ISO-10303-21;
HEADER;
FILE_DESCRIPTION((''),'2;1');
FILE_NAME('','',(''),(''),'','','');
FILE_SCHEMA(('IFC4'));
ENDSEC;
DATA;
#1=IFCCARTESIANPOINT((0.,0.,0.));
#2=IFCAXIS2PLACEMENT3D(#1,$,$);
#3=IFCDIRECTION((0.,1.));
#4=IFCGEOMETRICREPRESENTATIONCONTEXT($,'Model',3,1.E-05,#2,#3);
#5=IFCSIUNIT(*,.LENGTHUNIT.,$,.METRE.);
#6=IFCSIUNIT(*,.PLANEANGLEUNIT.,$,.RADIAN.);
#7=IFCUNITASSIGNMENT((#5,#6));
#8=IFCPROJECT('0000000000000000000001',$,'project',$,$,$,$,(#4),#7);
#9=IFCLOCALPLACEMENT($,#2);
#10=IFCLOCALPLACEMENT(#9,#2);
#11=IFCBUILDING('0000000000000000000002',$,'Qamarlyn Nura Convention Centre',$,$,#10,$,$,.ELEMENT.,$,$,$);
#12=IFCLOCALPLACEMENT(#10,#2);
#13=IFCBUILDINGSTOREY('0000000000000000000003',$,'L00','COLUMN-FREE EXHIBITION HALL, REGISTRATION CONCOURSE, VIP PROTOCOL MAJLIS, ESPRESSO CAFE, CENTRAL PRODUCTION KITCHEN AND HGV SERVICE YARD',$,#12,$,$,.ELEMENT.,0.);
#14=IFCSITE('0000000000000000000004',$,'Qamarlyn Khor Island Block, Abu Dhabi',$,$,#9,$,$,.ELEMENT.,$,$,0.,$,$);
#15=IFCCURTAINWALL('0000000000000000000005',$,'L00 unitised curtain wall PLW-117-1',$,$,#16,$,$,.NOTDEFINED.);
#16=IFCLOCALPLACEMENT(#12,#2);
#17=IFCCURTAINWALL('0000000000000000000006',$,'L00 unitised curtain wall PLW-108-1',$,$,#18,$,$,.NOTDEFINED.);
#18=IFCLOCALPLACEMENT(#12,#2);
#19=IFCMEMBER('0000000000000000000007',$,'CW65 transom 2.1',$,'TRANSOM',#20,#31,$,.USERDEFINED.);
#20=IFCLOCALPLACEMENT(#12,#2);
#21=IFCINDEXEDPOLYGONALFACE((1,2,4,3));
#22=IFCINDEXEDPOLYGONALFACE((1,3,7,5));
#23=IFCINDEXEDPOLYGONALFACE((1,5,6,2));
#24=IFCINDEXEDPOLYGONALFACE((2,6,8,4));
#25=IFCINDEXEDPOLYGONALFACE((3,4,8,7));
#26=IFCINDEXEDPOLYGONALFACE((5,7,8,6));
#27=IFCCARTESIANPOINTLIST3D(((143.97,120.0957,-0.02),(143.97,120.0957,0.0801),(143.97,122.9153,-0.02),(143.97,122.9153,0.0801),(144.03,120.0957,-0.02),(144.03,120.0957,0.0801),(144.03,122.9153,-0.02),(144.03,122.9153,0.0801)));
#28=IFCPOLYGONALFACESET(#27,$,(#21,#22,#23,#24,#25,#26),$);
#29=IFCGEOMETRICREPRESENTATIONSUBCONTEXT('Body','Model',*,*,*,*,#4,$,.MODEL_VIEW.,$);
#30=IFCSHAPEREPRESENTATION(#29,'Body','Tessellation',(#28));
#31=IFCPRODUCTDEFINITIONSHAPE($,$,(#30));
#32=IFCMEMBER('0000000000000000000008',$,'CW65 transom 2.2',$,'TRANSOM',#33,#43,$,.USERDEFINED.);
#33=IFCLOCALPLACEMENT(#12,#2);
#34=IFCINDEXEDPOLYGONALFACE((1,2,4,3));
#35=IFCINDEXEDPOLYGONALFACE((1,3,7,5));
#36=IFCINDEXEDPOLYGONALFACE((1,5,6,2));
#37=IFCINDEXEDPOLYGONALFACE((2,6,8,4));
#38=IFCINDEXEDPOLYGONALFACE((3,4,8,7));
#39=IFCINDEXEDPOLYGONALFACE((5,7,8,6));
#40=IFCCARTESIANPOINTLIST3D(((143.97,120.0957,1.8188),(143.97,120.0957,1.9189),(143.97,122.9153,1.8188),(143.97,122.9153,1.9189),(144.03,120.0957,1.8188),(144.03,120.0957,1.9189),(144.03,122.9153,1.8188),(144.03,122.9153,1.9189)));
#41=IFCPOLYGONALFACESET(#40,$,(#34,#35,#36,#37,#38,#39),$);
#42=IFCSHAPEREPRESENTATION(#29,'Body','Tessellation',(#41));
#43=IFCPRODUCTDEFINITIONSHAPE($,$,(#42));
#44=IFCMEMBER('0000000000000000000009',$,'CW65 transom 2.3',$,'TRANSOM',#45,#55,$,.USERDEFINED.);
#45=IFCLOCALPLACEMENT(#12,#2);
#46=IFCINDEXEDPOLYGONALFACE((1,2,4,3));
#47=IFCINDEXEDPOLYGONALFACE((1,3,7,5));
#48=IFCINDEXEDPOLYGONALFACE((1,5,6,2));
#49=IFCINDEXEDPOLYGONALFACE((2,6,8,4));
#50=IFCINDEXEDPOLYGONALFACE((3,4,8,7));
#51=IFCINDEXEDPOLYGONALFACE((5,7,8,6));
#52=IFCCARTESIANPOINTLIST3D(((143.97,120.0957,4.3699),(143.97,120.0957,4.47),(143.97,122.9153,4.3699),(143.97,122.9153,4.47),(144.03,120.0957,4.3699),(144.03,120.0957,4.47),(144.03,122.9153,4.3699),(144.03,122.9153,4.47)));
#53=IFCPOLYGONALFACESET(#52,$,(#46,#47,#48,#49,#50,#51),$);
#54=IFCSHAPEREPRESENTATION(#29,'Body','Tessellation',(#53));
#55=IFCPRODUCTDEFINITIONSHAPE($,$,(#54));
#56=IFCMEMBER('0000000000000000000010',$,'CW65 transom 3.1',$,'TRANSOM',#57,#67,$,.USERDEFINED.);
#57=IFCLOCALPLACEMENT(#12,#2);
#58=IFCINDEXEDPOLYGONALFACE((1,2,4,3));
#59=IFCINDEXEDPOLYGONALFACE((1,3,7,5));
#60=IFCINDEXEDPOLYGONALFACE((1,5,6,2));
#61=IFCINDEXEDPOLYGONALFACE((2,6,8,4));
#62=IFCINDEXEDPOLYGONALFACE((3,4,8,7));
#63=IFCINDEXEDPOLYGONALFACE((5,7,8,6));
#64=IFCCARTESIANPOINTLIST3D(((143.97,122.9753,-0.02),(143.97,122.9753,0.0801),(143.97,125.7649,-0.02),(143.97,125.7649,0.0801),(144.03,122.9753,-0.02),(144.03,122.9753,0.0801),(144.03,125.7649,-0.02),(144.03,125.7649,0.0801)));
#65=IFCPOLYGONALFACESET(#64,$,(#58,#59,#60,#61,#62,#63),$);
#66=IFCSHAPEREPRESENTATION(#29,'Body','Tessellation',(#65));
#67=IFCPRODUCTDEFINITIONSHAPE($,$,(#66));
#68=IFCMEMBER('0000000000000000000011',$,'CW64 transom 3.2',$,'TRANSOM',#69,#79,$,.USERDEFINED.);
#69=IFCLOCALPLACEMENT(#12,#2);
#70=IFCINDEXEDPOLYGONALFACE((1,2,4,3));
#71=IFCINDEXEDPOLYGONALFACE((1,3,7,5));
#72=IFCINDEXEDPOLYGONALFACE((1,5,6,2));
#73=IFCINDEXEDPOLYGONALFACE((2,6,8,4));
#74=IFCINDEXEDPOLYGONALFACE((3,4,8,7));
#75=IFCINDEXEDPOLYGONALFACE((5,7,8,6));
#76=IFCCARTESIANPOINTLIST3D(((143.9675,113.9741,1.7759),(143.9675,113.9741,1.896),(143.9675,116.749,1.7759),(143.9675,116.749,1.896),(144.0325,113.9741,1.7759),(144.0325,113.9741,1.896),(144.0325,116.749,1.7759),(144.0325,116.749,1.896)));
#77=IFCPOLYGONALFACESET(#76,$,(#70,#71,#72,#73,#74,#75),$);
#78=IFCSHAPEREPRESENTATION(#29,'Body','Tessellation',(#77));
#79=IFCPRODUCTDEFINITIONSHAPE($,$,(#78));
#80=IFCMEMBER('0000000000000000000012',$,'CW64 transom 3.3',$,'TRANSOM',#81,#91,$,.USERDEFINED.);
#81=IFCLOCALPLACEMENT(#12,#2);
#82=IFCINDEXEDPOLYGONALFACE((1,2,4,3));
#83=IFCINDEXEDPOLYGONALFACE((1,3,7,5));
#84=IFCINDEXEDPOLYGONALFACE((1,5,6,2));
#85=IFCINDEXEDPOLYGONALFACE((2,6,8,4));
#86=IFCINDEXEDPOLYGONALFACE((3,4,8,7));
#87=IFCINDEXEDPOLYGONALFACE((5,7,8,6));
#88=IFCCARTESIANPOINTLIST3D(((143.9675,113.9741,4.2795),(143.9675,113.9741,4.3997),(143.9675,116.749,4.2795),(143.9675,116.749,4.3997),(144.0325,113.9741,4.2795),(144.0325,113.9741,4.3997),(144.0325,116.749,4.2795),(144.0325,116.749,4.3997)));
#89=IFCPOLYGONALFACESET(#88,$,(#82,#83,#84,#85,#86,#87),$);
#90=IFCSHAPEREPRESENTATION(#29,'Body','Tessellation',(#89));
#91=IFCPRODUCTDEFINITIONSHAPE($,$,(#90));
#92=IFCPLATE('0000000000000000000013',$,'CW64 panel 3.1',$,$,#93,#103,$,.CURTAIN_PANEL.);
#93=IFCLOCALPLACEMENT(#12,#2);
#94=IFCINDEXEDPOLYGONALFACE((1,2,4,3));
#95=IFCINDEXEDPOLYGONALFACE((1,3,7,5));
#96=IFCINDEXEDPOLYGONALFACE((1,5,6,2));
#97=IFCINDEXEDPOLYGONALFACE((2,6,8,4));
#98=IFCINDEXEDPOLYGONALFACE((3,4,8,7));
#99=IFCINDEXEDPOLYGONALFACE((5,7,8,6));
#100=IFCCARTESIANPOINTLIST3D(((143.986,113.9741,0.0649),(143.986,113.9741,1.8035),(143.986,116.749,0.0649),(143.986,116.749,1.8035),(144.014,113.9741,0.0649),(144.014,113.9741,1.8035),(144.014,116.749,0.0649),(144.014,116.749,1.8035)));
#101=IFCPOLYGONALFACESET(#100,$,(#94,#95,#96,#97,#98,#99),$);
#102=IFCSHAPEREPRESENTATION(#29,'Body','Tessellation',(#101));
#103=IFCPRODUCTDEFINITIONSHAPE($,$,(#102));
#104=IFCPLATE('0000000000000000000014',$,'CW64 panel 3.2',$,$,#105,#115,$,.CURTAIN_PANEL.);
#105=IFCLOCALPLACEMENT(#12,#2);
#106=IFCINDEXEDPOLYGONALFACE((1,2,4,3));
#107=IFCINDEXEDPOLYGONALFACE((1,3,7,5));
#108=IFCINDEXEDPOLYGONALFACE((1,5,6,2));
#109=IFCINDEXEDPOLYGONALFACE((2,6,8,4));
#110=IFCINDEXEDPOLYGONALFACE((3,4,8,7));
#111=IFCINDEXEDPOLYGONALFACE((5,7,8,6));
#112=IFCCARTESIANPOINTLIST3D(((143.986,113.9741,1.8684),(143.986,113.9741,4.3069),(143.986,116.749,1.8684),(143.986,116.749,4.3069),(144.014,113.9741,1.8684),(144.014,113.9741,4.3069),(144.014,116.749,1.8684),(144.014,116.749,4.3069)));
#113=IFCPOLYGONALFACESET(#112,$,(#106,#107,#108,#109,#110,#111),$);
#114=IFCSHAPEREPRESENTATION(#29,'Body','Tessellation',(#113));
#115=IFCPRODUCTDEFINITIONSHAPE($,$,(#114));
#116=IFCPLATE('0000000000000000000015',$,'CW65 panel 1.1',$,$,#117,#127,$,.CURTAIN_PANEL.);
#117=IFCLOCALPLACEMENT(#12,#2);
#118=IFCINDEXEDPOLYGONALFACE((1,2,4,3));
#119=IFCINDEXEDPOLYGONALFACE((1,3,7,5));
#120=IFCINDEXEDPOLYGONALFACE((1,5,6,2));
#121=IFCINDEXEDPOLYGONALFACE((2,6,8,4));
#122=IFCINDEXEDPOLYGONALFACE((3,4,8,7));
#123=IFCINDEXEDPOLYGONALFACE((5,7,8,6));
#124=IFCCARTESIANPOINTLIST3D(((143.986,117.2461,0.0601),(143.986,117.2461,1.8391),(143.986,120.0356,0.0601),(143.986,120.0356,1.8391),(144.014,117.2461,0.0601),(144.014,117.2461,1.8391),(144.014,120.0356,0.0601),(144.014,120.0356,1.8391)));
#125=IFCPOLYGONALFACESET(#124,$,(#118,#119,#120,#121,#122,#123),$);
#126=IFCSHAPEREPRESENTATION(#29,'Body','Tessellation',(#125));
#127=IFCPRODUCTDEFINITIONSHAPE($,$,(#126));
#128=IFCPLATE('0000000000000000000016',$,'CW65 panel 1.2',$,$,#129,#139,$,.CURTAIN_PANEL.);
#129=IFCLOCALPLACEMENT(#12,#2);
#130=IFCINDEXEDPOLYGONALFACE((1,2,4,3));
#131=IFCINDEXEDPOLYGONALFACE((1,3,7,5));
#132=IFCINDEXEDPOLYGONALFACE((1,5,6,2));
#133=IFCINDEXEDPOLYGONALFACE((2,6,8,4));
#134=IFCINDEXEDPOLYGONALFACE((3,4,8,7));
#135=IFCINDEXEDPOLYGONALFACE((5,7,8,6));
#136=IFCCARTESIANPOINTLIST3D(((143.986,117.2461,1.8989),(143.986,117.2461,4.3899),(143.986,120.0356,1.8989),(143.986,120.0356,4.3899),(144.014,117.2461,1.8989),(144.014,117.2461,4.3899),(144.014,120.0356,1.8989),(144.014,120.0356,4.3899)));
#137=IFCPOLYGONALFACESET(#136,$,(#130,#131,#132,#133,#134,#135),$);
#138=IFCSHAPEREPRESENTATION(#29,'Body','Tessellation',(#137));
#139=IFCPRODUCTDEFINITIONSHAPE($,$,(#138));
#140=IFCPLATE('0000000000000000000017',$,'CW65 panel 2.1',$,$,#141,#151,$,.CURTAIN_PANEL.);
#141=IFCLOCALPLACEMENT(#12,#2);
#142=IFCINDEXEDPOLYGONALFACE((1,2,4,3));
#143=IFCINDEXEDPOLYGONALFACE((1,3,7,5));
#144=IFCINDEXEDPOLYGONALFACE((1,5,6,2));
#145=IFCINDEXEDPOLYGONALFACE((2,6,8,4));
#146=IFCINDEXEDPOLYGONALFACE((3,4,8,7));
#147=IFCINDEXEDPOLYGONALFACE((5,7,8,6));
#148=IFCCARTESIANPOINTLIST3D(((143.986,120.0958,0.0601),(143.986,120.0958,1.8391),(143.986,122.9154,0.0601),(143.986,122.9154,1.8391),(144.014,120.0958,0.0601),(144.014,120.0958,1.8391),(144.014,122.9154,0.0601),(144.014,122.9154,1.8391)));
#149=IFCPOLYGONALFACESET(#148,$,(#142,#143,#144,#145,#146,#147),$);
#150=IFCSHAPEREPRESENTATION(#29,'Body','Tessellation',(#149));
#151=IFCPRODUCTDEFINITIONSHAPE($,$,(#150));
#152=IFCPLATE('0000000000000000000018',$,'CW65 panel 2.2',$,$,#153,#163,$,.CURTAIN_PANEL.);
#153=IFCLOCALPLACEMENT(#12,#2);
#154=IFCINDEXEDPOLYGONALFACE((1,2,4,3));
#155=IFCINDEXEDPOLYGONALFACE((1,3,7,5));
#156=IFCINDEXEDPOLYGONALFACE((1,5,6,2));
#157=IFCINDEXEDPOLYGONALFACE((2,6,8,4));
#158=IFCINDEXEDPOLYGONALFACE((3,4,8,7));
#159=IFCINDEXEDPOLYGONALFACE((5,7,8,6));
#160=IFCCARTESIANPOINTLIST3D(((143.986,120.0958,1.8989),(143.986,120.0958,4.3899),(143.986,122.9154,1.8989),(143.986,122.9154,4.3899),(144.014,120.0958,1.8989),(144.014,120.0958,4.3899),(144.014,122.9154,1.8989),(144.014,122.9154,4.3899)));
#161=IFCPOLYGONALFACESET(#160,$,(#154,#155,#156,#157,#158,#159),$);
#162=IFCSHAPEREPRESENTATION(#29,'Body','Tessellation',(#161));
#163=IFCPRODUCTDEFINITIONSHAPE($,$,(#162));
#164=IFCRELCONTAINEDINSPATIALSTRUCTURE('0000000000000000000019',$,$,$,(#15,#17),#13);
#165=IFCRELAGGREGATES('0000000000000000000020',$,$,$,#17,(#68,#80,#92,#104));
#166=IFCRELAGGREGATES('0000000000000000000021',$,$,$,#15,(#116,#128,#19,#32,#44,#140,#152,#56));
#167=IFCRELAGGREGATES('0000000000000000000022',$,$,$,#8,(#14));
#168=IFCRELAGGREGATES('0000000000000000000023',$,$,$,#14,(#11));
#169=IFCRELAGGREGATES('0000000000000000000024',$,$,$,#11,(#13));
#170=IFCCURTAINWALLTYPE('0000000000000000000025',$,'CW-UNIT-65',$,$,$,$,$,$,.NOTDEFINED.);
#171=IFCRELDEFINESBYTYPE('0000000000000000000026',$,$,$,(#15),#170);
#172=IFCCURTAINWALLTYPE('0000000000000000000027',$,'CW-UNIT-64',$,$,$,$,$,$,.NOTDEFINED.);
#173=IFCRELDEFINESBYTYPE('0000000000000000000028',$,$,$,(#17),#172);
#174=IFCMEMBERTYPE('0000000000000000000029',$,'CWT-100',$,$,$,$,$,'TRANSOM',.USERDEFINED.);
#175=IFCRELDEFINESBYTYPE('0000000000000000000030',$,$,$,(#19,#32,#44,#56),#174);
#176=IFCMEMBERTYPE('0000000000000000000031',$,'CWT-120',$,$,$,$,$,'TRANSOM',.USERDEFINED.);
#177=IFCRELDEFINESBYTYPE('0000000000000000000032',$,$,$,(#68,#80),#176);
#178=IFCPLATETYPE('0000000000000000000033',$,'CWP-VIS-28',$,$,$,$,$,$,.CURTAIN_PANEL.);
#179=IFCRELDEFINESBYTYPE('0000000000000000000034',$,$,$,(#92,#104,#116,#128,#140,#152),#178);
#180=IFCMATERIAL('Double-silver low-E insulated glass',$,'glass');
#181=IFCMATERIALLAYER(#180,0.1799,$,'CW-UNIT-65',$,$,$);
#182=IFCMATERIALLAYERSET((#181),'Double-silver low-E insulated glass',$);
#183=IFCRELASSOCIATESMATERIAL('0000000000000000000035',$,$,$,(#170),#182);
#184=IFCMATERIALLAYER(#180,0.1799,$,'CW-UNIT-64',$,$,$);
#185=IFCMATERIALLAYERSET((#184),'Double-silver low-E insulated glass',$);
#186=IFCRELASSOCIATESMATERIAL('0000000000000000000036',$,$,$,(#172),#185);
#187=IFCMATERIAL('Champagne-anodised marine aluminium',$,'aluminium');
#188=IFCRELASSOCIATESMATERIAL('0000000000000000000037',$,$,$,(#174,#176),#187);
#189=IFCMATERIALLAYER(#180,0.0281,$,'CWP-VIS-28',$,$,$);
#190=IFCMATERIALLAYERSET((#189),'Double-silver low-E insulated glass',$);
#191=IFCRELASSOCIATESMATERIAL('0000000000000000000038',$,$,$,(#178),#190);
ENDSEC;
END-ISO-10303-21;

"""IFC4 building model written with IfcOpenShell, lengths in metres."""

from ifc_helpers import new_model, si_unit, direction, frame, origin, origin_2d, place, context, subcontext, project, spatial, rectangle, extrude, material, layer, layer_set, material_profile, profile_set, type_object, element, aggregate, save


model = new_model("IFC4")

# Units and contexts
model_context = context("Model", 3, precision=1e-05, world=origin(), true_north=direction((0.0, 1.0)))
body_context = subcontext(model_context, "Body", "Model", "MODEL_VIEW")
ifc_project = project(units=[si_unit("LENGTHUNIT", "METRE"), si_unit("PLANEANGLEUNIT", "RADIAN")], contexts=[model_context])

# Site, building, storey
site_placement = place(None, origin())
site = spatial("IfcSite", under=ifc_project, at=site_placement, Name="Qamarlyn Khor Island Block, Abu Dhabi", CompositionType="ELEMENT", RefElevation=0.0)
building_placement = place(site_placement, origin())
building = spatial("IfcBuilding", under=site, at=building_placement, Name="Qamarlyn Nura Convention Centre", CompositionType="ELEMENT")
storey_placement = place(building_placement, origin())
storey = spatial("IfcBuildingStorey", under=building, at=storey_placement, Name="L00", Description="COLUMN-FREE EXHIBITION HALL, REGISTRATION CONCOURSE, VIP PROTOCOL MAJLIS, ESPRESSO CAFE, CENTRAL PRODUCTION KITCHEN AND HGV SERVICE YARD", CompositionType="ELEMENT", Elevation=0.0)

# Curtain wall
ifc_material_1 = material(Name="Double-silver low-E insulated glass", Category="glass")
ifc_layer_1 = layer(ifc_material_1, 0.1799, Name="CW-UNIT-65")
ifc_layer_set_1 = layer_set([ifc_layer_1], Name="Double-silver low-E insulated glass")
curtain_wall_type_1 = type_object("IfcCurtainWallType", Name="CW-UNIT-65", PredefinedType="NOTDEFINED", material=ifc_layer_set_1)
curtain_wall_1_placement = place(storey_placement, origin())
curtain_wall_1 = element("IfcCurtainWall", 1, at=curtain_wall_1_placement, inside=storey, type_object=curtain_wall_type_1, Name="L00 unitised curtain wall PLW-117-1", PredefinedType="NOTDEFINED")
ifc_material_2 = material(Name="Champagne-anodised marine aluminium", Category="aluminium")

# Curtain wall
ifc_layer_2 = layer(ifc_material_1, 0.1799, Name="CW-UNIT-64")
ifc_layer_set_2 = layer_set([ifc_layer_2], Name="Double-silver low-E insulated glass")
curtain_wall_type_2 = type_object("IfcCurtainWallType", Name="CW-UNIT-64", PredefinedType="NOTDEFINED", material=ifc_layer_set_2)
curtain_wall_2_placement = place(storey_placement, origin())
curtain_wall_2 = element("IfcCurtainWall", 2, at=curtain_wall_2_placement, inside=storey, type_object=curtain_wall_type_2, Name="L00 unitised curtain wall PLW-108-1", PredefinedType="NOTDEFINED")

# Members
ifc_material_profile_1 = material_profile(ifc_material_2, rectangle(XDim=0.0601, YDim=0.1001, at=origin_2d()), Name="ALU TRANSOM 60x100")
ifc_profile_set_1 = profile_set([ifc_material_profile_1], Name="Champagne-anodised marine aluminium")
member_type_1 = type_object("IfcMemberType", Name="CWT-100", ElementType="TRANSOM", PredefinedType="USERDEFINED", material=ifc_profile_set_1)
member_1_placement = place(storey_placement, frame((144.0, 120.0957, 0.03), z_axis=(0.0, 1.0, 0.0), x_axis=(-1.0, 0.0, 0.0)))
member_1 = element("IfcMember", 3, at=member_1_placement, type_object=member_type_1, Name="CW65 transom 2.1", ObjectType="TRANSOM", PredefinedType="USERDEFINED", context=body_context, shape_type="SweptSolid", body=[
    extrude(rectangle(XDim=0.0601, YDim=0.1001, at=origin_2d()), origin(), (0.0, 0.0, 1.0), 2.8196),
])
member_2_placement = place(storey_placement, frame((144.0, 120.0957, 1.8689), z_axis=(0.0, 1.0, 0.0), x_axis=(-1.0, 0.0, 0.0)))
member_2 = element("IfcMember", 4, at=member_2_placement, type_object=member_type_1, Name="CW65 transom 2.2", ObjectType="TRANSOM", PredefinedType="USERDEFINED", context=body_context, shape_type="SweptSolid", body=[
    extrude(rectangle(XDim=0.0601, YDim=0.1001, at=origin_2d()), origin(), (0.0, 0.0, 1.0), 2.8196),
])
member_3_placement = place(storey_placement, frame((144.0, 120.0957, 4.4199), z_axis=(0.0, 1.0, 0.0), x_axis=(-1.0, 0.0, 0.0)))
member_3 = element("IfcMember", 5, at=member_3_placement, type_object=member_type_1, Name="CW65 transom 2.3", ObjectType="TRANSOM", PredefinedType="USERDEFINED", context=body_context, shape_type="SweptSolid", body=[
    extrude(rectangle(XDim=0.0601, YDim=0.1001, at=origin_2d()), origin(), (0.0, 0.0, 1.0), 2.8196),
])
member_4_placement = place(storey_placement, frame((144.0, 122.9753, 0.03), z_axis=(0.0, 1.0, 0.0), x_axis=(-1.0, 0.0, 0.0)))
member_4 = element("IfcMember", 6, at=member_4_placement, type_object=member_type_1, Name="CW65 transom 3.1", ObjectType="TRANSOM", PredefinedType="USERDEFINED", context=body_context, shape_type="SweptSolid", body=[
    extrude(rectangle(XDim=0.0601, YDim=0.1001, at=origin_2d()), origin(), (0.0, 0.0, 1.0), 2.7896),
])
ifc_material_profile_2 = material_profile(ifc_material_2, rectangle(XDim=0.0649, YDim=0.1201, at=origin_2d()), Name="ALU TRANSOM 65x120")
ifc_profile_set_2 = profile_set([ifc_material_profile_2], Name="Champagne-anodised marine aluminium")
member_type_2 = type_object("IfcMemberType", Name="CWT-120", ElementType="TRANSOM", PredefinedType="USERDEFINED", material=ifc_profile_set_2)
member_5_placement = place(storey_placement, frame((144.0, 113.9741, 1.8359), z_axis=(0.0, 1.0, 0.0), x_axis=(-1.0, 0.0, 0.0)))
member_5 = element("IfcMember", 7, at=member_5_placement, type_object=member_type_2, Name="CW64 transom 3.2", ObjectType="TRANSOM", PredefinedType="USERDEFINED", context=body_context, shape_type="SweptSolid", body=[
    extrude(rectangle(XDim=0.0649, YDim=0.1201, at=origin_2d()), origin(), (0.0, 0.0, 1.0), 2.7749),
])
member_6_placement = place(storey_placement, frame((144.0, 113.9741, 4.3396), z_axis=(0.0, 1.0, 0.0), x_axis=(-1.0, 0.0, 0.0)))
member_6 = element("IfcMember", 8, at=member_6_placement, type_object=member_type_2, Name="CW64 transom 3.3", ObjectType="TRANSOM", PredefinedType="USERDEFINED", context=body_context, shape_type="SweptSolid", body=[
    extrude(rectangle(XDim=0.0649, YDim=0.1201, at=origin_2d()), origin(), (0.0, 0.0, 1.0), 2.7749),
])

# Plates
ifc_layer_3 = layer(ifc_material_1, 0.0281, Name="CWP-VIS-28")
ifc_layer_set_3 = layer_set([ifc_layer_3], Name="Double-silver low-E insulated glass")
plate_type = type_object("IfcPlateType", Name="CWP-VIS-28", PredefinedType="CURTAIN_PANEL", material=ifc_layer_set_3)
plate_1_placement = place(storey_placement, frame((144.0, 115.3616, 0.0649), z_axis=(0.0, 0.0, 1.0), x_axis=(0.0, 1.0, 0.0)))
plate_1 = element("IfcPlate", 9, at=plate_1_placement, type_object=plate_type, Name="CW64 panel 3.1", PredefinedType="CURTAIN_PANEL", context=body_context, shape_type="SweptSolid", body=[
    extrude(rectangle(XDim=2.7749, YDim=0.0281, at=origin_2d()), origin(), (0.0, 0.0, 1.0), 1.7385),
])
plate_2_placement = place(storey_placement, frame((144.0, 115.3616, 1.8684), z_axis=(0.0, 0.0, 1.0), x_axis=(0.0, 1.0, 0.0)))
plate_2 = element("IfcPlate", 10, at=plate_2_placement, type_object=plate_type, Name="CW64 panel 3.2", PredefinedType="CURTAIN_PANEL", context=body_context, shape_type="SweptSolid", body=[
    extrude(rectangle(XDim=2.7749, YDim=0.0281, at=origin_2d()), origin(), (0.0, 0.0, 1.0), 2.4385),
])
aggregate(curtain_wall_2, [member_5, member_6, plate_1, plate_2])
plate_3_placement = place(storey_placement, frame((144.0, 118.6409, 0.0601), z_axis=(0.0, 0.0, 1.0), x_axis=(0.0, 1.0, 0.0)))
plate_3 = element("IfcPlate", 11, at=plate_3_placement, type_object=plate_type, Name="CW65 panel 1.1", PredefinedType="CURTAIN_PANEL", context=body_context, shape_type="SweptSolid", body=[
    extrude(rectangle(XDim=2.7896, YDim=0.0281, at=origin_2d()), origin(), (0.0, 0.0, 1.0), 1.7791),
])
plate_4_placement = place(storey_placement, frame((144.0, 118.6409, 1.8989), z_axis=(0.0, 0.0, 1.0), x_axis=(0.0, 1.0, 0.0)))
plate_4 = element("IfcPlate", 12, at=plate_4_placement, type_object=plate_type, Name="CW65 panel 1.2", PredefinedType="CURTAIN_PANEL", context=body_context, shape_type="SweptSolid", body=[
    extrude(rectangle(XDim=2.7896, YDim=0.0281, at=origin_2d()), origin(), (0.0, 0.0, 1.0), 2.491),
])
plate_5_placement = place(storey_placement, frame((144.0, 121.5056, 0.0601), z_axis=(0.0, 0.0, 1.0), x_axis=(0.0, 1.0, 0.0)))
plate_5 = element("IfcPlate", 13, at=plate_5_placement, type_object=plate_type, Name="CW65 panel 2.1", PredefinedType="CURTAIN_PANEL", context=body_context, shape_type="SweptSolid", body=[
    extrude(rectangle(XDim=2.8196, YDim=0.0281, at=origin_2d()), origin(), (0.0, 0.0, 1.0), 1.7791),
])
plate_6_placement = place(storey_placement, frame((144.0, 121.5056, 1.8989), z_axis=(0.0, 0.0, 1.0), x_axis=(0.0, 1.0, 0.0)))
plate_6 = element("IfcPlate", 14, at=plate_6_placement, type_object=plate_type, Name="CW65 panel 2.2", PredefinedType="CURTAIN_PANEL", context=body_context, shape_type="SweptSolid", body=[
    extrude(rectangle(XDim=2.8196, YDim=0.0281, at=origin_2d()), origin(), (0.0, 0.0, 1.0), 2.491),
])
aggregate(curtain_wall_1, [plate_3, plate_4, member_1, member_2, member_3, plate_5, plate_6, member_4])

save(model, "model.ifc")
